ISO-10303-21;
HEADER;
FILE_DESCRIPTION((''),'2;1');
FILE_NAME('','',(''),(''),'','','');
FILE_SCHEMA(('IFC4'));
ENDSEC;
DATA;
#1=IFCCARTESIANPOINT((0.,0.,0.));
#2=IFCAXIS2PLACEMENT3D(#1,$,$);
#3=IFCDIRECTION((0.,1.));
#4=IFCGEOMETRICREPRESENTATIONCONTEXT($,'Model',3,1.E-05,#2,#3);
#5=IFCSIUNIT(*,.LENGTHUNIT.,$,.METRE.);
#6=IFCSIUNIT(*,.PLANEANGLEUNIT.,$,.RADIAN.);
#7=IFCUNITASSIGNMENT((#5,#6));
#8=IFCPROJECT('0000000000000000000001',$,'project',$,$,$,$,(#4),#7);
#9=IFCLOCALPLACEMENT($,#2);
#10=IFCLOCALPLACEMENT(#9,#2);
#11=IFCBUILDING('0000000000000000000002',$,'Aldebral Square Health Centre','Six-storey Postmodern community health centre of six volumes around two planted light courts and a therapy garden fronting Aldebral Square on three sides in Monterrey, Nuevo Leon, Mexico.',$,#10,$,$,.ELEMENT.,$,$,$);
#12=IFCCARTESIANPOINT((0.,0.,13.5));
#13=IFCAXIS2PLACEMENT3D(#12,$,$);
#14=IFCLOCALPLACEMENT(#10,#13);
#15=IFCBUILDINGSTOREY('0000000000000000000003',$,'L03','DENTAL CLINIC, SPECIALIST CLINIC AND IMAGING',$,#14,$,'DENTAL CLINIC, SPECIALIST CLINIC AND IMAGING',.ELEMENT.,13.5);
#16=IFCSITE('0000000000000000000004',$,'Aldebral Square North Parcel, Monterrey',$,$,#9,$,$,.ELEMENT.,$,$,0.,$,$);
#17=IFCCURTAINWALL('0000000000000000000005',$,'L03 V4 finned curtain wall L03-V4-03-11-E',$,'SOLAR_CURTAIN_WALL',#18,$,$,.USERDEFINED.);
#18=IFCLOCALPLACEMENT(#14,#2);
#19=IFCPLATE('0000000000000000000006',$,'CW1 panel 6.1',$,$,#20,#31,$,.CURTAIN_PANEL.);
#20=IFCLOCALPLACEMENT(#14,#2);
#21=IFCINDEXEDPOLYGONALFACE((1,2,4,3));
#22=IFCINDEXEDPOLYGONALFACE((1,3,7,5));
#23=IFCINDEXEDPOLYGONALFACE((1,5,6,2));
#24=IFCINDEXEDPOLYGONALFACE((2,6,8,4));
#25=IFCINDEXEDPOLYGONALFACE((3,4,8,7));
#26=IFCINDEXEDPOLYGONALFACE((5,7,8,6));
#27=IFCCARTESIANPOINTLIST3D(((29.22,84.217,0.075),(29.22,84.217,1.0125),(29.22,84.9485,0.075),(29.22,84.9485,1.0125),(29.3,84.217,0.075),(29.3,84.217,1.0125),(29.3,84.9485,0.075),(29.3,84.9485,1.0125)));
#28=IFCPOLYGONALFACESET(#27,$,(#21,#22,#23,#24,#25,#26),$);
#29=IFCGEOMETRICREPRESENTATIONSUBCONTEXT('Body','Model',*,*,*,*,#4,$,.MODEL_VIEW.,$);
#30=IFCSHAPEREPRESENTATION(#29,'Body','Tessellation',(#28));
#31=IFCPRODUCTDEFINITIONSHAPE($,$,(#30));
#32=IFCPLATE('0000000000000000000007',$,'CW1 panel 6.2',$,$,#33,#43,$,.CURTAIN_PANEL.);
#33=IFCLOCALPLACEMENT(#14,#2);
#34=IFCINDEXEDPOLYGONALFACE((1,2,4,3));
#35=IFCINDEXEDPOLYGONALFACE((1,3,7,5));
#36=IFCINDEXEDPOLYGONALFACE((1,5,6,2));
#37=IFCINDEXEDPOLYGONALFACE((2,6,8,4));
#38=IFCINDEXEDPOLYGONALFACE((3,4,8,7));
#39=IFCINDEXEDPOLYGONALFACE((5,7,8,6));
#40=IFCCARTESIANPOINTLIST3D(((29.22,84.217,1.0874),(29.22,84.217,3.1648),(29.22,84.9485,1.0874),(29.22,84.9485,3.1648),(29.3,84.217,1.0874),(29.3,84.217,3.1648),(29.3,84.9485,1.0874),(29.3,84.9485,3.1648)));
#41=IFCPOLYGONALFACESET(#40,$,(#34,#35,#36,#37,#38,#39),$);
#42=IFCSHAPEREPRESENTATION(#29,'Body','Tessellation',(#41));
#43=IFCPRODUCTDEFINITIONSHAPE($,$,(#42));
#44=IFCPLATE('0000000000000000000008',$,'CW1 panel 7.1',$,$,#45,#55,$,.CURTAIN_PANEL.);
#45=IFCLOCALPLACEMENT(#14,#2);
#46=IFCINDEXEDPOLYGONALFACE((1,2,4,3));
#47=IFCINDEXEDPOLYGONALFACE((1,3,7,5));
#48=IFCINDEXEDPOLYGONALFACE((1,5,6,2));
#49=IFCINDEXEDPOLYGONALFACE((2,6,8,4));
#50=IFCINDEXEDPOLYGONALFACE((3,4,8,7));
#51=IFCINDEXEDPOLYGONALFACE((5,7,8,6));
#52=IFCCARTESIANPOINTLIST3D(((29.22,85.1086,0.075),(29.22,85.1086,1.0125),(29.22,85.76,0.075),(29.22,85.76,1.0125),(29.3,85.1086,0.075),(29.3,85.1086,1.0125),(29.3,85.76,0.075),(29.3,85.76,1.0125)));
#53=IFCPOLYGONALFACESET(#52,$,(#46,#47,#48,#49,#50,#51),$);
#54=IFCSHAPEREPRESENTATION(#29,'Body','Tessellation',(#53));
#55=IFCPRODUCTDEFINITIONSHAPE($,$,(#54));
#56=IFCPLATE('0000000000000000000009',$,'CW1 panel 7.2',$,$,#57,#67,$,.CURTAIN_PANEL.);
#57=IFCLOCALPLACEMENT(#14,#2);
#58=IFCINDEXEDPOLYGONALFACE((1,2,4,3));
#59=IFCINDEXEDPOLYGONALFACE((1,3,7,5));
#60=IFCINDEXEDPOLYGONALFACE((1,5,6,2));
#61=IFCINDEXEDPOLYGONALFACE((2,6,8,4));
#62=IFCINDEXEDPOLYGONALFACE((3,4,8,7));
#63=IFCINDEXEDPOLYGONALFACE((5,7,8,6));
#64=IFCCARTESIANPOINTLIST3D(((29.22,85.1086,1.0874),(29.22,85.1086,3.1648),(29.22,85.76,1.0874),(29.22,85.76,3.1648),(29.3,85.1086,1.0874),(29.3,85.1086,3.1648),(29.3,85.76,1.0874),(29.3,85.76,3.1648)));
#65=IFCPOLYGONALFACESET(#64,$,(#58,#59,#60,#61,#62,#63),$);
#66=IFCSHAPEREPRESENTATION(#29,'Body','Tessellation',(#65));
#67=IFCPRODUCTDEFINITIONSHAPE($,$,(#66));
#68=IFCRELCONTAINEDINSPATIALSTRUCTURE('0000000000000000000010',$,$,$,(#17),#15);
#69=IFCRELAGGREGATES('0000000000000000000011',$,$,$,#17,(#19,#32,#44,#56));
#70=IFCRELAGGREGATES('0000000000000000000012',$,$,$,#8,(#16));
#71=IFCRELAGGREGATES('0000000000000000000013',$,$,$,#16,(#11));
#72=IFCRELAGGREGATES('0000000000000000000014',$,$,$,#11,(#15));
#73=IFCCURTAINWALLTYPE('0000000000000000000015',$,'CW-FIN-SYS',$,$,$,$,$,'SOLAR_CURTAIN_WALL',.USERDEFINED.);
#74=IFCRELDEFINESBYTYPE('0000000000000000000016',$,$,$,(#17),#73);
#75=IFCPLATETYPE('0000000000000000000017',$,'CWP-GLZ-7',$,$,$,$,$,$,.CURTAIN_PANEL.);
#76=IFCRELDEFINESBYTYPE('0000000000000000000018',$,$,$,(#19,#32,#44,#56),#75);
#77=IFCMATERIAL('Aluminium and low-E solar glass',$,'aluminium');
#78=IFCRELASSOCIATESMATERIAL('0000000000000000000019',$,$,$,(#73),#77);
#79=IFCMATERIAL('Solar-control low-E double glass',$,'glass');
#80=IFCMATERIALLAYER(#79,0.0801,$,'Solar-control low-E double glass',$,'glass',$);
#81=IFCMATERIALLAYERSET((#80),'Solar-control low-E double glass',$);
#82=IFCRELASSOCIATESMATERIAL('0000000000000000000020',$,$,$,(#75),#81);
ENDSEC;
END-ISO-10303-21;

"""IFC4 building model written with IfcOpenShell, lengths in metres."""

from ifc_helpers import new_model, si_unit, direction, frame, origin, origin_2d, place, context, subcontext, project, spatial, rectangle, extrude, material, layer, layer_set, type_object, element, aggregate, save


model = new_model("IFC4")

# Units and contexts
model_context = context("Model", 3, precision=1e-05, world=origin(), true_north=direction((0.0, 1.0)))
body_context = subcontext(model_context, "Body", "Model", "MODEL_VIEW")
ifc_project = project(units=[si_unit("LENGTHUNIT", "METRE"), si_unit("PLANEANGLEUNIT", "RADIAN")], contexts=[model_context])

# Site, building, storey
site_placement = place(None, origin())
site = spatial("IfcSite", under=ifc_project, at=site_placement, Name="Aldebral Square North Parcel, Monterrey", CompositionType="ELEMENT", RefElevation=0.0)
building_placement = place(site_placement, origin())
building = spatial("IfcBuilding", under=site, at=building_placement, Name="Aldebral Square Health Centre", Description="Six-storey Postmodern community health centre of six volumes around two planted light courts and a therapy garden fronting Aldebral Square on three sides in Monterrey, Nuevo Leon, Mexico.", CompositionType="ELEMENT")
storey_placement = place(building_placement, frame((0.0, 0.0, 13.5)))
storey = spatial("IfcBuildingStorey", under=building, at=storey_placement, Name="L03", Description="DENTAL CLINIC, SPECIALIST CLINIC AND IMAGING", LongName="DENTAL CLINIC, SPECIALIST CLINIC AND IMAGING", CompositionType="ELEMENT", Elevation=13.5)

# Curtain wall
ifc_material_1 = material(Name="Aluminium and low-E solar glass", Category="aluminium")
curtain_wall_type = type_object("IfcCurtainWallType", Name="CW-FIN-SYS", ElementType="SOLAR_CURTAIN_WALL", PredefinedType="USERDEFINED", material=ifc_material_1)
curtain_wall_1_placement = place(storey_placement, origin())
curtain_wall_1 = element("IfcCurtainWall", 1, at=curtain_wall_1_placement, inside=storey, type_object=curtain_wall_type, Name="L03 V4 finned curtain wall L03-V4-03-11-E", ObjectType="SOLAR_CURTAIN_WALL", PredefinedType="USERDEFINED")

# Plates
ifc_material_2 = material(Name="Solar-control low-E double glass", Category="glass")
ifc_layer_1 = layer(ifc_material_2, 0.0801, Name="Solar-control low-E double glass", Category="glass")
ifc_layer_set_1 = layer_set([ifc_layer_1], Name="Solar-control low-E double glass")
plate_type_1 = type_object("IfcPlateType", Name="CWP-GLZ-7", PredefinedType="CURTAIN_PANEL", material=ifc_layer_set_1)
plate_1_placement = place(storey_placement, frame((29.26, 84.5828, 0.075), z_axis=(0.0, 0.0, 1.0), x_axis=(0.0, 1.0, 0.0)))
plate_1 = element("IfcPlate", 2, at=plate_1_placement, type_object=plate_type_1, Name="CW1 panel 6.1", PredefinedType="CURTAIN_PANEL", context=body_context, shape_type="SweptSolid", body=[
    extrude(rectangle(XDim=0.7314, YDim=0.0801, at=origin_2d()), origin(), (0.0, 0.0, 1.0), 0.9375),
])
plate_2_placement = place(storey_placement, frame((29.26, 84.5828, 1.0874), z_axis=(0.0, 0.0, 1.0), x_axis=(0.0, 1.0, 0.0)))
plate_2 = element("IfcPlate", 3, at=plate_2_placement, type_object=plate_type_1, Name="CW1 panel 6.2", PredefinedType="CURTAIN_PANEL", context=body_context, shape_type="SweptSolid", body=[
    extrude(rectangle(XDim=0.7314, YDim=0.0801, at=origin_2d()), origin(), (0.0, 0.0, 1.0), 2.0774),
])
plate_3_placement = place(storey_placement, frame((29.26, 85.4343, 0.075), z_axis=(0.0, 0.0, 1.0), x_axis=(0.0, 1.0, 0.0)))
plate_3 = element("IfcPlate", 4, at=plate_3_placement, type_object=plate_type_1, Name="CW1 panel 7.1", PredefinedType="CURTAIN_PANEL", context=body_context, shape_type="SweptSolid", body=[
    extrude(rectangle(XDim=0.6514, YDim=0.0801, at=origin_2d()), origin(), (0.0, 0.0, 1.0), 0.9375),
])
plate_4_placement = place(storey_placement, frame((29.26, 85.4343, 1.0874), z_axis=(0.0, 0.0, 1.0), x_axis=(0.0, 1.0, 0.0)))
plate_4 = element("IfcPlate", 5, at=plate_4_placement, type_object=plate_type_1, Name="CW1 panel 7.2", PredefinedType="CURTAIN_PANEL", context=body_context, shape_type="SweptSolid", body=[
    extrude(rectangle(XDim=0.6514, YDim=0.0801, at=origin_2d()), origin(), (0.0, 0.0, 1.0), 2.0774),
])
aggregate(curtain_wall_1, [plate_1, plate_2, plate_3, plate_4])

save(model, "model.ifc")
